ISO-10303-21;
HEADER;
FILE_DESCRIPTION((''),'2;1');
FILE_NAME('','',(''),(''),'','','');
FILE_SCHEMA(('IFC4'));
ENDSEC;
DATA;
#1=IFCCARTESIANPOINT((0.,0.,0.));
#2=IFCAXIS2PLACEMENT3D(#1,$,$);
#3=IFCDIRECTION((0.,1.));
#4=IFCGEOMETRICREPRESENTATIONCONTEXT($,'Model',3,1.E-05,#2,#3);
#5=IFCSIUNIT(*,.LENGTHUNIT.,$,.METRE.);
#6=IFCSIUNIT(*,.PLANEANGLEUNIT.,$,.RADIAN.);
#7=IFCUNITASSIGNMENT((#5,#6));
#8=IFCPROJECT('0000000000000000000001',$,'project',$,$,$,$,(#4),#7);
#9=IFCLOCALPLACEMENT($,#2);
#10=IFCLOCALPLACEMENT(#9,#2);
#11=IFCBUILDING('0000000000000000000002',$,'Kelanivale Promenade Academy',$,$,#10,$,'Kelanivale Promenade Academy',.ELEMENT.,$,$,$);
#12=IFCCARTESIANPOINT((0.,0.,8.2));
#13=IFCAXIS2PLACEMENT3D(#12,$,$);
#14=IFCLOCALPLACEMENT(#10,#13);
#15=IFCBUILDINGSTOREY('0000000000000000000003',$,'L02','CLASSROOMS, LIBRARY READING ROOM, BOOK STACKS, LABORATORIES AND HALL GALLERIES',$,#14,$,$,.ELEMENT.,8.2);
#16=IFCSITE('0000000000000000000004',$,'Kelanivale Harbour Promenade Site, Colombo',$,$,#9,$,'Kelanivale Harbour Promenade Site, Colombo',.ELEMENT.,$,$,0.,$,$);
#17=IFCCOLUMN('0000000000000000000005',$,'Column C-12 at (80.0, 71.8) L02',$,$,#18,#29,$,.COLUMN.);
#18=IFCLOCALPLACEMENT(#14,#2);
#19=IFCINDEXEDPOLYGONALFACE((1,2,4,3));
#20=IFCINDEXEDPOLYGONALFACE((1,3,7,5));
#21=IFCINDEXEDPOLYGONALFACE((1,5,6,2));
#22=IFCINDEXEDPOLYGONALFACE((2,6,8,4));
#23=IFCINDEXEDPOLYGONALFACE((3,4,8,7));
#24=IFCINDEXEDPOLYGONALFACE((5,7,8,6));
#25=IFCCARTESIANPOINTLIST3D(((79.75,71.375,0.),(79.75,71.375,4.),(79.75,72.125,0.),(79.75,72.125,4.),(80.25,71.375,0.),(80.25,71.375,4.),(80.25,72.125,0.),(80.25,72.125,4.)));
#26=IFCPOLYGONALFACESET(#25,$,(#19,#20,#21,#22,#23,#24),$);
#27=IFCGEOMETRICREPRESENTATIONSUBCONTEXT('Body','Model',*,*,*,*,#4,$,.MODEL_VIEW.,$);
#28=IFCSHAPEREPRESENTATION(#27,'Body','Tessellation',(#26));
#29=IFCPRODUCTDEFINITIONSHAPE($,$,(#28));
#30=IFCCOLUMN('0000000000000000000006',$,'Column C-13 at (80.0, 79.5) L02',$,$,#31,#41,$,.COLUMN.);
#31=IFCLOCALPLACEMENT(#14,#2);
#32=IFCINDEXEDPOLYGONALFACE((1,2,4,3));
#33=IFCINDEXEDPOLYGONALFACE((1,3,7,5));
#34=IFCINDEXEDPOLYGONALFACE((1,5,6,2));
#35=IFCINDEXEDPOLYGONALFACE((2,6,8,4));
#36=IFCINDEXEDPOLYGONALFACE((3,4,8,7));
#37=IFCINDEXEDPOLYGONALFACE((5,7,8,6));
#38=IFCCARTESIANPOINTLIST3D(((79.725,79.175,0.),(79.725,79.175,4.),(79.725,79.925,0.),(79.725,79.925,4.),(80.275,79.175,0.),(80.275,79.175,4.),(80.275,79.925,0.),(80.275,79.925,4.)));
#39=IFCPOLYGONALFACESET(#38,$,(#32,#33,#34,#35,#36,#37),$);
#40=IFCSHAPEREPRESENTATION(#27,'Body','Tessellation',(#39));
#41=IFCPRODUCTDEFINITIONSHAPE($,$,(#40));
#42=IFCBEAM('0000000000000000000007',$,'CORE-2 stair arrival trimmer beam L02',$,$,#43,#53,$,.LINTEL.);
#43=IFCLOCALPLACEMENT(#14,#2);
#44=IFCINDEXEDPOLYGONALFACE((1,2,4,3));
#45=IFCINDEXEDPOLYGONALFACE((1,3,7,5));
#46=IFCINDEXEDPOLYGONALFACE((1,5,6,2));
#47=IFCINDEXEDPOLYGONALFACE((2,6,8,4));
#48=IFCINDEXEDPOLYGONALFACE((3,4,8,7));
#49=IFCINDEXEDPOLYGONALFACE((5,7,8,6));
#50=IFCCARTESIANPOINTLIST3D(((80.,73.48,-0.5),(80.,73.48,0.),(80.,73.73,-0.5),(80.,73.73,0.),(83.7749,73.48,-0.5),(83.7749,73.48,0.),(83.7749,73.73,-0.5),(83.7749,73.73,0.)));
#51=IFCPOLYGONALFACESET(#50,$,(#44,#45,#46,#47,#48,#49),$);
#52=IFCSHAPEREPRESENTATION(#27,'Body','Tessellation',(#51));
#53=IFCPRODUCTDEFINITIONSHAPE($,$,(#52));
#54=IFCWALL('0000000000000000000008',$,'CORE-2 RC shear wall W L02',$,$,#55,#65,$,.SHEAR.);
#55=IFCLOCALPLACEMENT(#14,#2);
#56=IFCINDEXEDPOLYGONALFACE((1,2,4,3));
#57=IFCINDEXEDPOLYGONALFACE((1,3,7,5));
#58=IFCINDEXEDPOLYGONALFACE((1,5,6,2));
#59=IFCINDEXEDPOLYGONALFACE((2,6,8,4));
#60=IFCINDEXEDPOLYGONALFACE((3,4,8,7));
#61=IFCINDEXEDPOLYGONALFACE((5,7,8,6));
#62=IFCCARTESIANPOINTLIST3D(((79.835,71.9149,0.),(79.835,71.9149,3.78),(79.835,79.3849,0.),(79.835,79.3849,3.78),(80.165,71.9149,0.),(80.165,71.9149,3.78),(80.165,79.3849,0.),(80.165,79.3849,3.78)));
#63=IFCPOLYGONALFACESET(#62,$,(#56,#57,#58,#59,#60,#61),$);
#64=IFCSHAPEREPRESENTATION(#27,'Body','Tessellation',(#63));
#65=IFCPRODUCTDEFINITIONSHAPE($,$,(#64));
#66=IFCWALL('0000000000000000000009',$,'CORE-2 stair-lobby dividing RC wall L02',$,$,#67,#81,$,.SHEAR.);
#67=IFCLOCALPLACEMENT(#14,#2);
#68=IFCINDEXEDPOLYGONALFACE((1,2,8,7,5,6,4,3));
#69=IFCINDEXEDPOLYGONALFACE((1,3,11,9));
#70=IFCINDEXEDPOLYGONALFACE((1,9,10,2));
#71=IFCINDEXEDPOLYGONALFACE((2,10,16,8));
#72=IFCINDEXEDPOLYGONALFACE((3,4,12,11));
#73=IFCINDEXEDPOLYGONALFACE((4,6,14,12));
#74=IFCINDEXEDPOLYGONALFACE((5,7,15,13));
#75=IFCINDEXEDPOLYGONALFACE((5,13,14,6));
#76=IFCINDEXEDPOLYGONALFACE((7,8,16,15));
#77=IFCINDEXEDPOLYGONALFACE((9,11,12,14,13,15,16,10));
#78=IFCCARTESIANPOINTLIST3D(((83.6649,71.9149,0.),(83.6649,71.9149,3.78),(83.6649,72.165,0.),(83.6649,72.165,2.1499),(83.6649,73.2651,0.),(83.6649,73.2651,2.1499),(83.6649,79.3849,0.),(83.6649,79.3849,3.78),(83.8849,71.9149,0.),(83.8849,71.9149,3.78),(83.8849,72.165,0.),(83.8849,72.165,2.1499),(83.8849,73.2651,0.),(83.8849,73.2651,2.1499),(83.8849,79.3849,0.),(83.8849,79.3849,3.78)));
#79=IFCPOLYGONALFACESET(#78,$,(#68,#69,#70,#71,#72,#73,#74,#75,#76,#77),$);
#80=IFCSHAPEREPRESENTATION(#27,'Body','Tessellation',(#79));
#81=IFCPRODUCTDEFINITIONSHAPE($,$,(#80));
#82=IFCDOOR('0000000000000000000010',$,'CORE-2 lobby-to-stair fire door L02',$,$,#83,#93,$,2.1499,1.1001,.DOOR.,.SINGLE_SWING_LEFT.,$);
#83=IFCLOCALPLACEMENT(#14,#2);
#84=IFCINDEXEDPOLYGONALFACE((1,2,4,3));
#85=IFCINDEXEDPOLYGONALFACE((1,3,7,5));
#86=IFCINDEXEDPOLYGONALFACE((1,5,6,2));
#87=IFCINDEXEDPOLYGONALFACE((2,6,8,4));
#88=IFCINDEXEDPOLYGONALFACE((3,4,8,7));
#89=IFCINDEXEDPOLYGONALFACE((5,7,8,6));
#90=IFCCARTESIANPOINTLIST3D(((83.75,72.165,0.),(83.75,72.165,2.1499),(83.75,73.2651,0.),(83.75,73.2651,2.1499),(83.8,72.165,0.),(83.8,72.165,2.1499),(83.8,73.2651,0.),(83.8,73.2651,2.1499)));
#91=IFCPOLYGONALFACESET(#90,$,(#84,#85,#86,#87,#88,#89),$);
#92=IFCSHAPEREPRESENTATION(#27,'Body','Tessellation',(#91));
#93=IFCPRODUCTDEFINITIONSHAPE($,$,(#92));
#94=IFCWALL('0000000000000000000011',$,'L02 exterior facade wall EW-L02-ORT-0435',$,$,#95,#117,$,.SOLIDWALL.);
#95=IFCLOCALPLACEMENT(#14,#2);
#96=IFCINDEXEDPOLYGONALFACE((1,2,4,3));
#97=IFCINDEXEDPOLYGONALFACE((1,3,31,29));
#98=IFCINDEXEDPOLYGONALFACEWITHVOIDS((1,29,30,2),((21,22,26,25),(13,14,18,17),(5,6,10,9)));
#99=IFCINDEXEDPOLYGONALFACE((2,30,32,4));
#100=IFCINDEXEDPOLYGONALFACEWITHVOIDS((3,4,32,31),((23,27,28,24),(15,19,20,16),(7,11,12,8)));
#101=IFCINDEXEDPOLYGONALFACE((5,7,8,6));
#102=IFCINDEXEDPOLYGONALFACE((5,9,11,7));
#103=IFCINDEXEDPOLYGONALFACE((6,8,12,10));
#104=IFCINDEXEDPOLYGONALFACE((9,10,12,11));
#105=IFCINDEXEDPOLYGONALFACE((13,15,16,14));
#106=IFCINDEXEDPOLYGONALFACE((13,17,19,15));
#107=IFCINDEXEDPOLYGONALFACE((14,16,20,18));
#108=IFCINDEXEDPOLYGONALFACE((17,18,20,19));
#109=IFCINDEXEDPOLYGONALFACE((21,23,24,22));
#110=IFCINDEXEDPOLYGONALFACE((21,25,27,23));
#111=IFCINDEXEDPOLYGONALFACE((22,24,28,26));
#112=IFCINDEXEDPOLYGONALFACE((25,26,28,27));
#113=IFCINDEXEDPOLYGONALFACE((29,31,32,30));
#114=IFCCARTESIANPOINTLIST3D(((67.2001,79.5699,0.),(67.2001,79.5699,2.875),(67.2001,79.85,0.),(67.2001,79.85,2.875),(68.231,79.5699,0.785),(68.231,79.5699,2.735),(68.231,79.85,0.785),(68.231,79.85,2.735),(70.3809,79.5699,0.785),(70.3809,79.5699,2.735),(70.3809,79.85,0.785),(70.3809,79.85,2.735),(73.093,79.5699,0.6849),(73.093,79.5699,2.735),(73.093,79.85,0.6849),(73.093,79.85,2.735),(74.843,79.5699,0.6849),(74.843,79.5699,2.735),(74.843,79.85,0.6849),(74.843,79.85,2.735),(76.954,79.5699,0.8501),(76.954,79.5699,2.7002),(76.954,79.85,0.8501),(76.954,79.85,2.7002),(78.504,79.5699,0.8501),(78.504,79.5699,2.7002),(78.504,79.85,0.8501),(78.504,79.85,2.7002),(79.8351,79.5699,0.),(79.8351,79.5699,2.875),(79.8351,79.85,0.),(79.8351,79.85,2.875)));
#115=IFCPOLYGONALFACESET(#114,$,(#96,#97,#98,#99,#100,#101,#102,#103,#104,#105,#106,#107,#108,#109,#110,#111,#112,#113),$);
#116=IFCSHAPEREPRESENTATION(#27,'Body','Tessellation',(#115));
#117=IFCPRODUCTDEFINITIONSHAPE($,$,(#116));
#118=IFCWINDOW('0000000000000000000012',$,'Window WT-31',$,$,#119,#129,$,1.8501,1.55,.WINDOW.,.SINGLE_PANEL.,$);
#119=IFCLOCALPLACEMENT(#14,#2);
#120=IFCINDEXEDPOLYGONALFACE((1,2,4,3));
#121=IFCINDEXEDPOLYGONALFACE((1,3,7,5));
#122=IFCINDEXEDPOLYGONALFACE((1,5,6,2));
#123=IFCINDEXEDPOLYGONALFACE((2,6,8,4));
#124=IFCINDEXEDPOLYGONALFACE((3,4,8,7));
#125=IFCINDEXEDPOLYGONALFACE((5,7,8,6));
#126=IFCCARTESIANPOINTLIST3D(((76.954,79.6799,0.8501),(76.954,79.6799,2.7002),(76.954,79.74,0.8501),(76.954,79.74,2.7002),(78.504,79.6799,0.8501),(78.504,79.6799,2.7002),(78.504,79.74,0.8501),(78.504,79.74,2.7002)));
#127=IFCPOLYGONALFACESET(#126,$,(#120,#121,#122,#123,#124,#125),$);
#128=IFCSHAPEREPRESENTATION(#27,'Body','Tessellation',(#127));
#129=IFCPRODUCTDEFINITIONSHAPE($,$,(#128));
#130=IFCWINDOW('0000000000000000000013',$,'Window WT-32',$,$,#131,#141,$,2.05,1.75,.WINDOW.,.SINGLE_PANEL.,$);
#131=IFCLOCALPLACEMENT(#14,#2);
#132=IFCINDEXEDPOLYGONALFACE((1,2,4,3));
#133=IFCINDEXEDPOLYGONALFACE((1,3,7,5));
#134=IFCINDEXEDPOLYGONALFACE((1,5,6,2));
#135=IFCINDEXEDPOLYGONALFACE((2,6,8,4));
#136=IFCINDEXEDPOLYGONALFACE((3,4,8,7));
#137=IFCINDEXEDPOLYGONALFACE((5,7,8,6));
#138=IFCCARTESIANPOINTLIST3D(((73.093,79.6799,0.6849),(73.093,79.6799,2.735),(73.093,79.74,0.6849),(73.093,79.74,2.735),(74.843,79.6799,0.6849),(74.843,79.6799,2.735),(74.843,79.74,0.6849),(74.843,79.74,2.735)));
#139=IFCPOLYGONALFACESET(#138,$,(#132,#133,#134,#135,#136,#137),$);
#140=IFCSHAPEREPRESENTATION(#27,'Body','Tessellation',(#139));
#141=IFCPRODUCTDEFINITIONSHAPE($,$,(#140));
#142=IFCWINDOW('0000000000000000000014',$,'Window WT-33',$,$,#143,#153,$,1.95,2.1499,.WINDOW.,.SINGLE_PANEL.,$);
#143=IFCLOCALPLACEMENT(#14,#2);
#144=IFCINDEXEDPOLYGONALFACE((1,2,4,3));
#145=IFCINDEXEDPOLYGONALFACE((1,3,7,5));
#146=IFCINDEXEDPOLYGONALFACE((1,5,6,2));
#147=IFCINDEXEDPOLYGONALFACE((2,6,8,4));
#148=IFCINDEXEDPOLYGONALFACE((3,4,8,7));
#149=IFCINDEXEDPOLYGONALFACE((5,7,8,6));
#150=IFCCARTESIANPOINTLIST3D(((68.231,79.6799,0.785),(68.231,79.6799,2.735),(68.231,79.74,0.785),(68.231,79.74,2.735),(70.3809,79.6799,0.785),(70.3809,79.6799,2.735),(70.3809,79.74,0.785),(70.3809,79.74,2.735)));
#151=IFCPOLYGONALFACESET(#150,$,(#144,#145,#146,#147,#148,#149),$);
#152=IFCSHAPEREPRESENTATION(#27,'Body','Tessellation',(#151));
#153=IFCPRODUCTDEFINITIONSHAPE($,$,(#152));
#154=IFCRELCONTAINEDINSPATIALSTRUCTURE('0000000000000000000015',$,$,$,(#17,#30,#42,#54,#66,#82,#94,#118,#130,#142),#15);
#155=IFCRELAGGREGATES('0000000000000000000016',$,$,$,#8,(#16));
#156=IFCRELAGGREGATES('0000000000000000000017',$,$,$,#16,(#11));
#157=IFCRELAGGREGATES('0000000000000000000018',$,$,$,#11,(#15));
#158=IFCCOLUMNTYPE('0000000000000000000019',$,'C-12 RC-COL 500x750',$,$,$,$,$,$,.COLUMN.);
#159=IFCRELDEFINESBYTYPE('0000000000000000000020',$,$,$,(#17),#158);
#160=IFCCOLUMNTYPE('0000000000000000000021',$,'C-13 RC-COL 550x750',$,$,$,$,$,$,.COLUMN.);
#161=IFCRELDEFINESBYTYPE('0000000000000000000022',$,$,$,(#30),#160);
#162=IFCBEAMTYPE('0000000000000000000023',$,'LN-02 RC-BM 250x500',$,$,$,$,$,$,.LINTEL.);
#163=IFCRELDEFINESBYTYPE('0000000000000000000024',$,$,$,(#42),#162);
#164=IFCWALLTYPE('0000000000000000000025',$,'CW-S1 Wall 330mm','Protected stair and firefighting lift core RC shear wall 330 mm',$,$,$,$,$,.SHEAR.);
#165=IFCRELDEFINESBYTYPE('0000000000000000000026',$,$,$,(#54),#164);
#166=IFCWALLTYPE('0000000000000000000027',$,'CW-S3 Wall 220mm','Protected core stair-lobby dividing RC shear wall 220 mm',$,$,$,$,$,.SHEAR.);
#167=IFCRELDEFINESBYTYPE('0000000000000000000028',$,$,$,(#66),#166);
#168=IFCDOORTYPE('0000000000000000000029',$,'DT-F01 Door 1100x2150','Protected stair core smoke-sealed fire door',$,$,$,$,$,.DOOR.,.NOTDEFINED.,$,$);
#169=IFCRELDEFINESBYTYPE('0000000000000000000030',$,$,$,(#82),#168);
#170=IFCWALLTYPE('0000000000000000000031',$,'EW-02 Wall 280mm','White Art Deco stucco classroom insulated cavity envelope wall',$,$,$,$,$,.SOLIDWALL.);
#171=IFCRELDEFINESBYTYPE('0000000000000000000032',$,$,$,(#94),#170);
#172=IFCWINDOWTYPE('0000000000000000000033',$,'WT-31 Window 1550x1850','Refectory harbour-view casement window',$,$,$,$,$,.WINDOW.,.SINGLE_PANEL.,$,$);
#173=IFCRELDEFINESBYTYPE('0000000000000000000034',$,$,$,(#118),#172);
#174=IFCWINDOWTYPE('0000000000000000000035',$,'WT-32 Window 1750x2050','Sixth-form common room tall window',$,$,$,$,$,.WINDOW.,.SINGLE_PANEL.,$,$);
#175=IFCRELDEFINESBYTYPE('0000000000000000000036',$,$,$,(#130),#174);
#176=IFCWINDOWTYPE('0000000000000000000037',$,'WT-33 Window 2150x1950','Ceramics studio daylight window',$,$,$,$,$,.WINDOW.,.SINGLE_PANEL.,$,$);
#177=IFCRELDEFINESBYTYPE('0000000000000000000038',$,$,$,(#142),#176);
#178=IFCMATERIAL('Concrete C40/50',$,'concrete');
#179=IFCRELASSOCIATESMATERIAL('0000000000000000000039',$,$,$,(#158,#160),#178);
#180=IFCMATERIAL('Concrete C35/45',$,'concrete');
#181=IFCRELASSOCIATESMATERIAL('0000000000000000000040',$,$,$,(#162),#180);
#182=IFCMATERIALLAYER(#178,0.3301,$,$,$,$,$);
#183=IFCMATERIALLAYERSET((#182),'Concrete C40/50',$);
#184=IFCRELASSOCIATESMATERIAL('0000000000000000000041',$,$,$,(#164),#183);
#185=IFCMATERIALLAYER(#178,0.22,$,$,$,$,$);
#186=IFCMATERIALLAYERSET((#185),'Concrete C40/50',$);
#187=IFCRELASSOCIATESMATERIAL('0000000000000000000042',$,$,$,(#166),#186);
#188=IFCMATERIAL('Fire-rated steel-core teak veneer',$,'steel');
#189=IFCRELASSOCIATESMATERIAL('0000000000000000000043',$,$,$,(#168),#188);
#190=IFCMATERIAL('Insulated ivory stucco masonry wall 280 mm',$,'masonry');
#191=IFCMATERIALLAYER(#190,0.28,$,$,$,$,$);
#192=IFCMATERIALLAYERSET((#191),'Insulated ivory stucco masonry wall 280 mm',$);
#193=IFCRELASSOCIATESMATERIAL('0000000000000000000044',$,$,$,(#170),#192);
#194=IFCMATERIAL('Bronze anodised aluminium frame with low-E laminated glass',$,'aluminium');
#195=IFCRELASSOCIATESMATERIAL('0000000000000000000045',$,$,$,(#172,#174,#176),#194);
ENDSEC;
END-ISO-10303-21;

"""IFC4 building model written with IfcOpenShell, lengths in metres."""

from ifc_helpers import new_model, si_unit, direction, frame, frame_2d, origin, origin_2d, place, context, subcontext, project, spatial, rectangle, extrude, material, layer, layer_set, material_profile, profile_set, type_object, element, fill, save


model = new_model("IFC4")

# Units and contexts
model_context = context("Model", 3, precision=1e-05, world=origin(), true_north=direction((0.0, 1.0)))
body_context = subcontext(model_context, "Body", "Model", "MODEL_VIEW")
ifc_project = project(units=[si_unit("LENGTHUNIT", "METRE"), si_unit("PLANEANGLEUNIT", "RADIAN")], contexts=[model_context])

# Site, building, storey
site_placement = place(None, origin())
site = spatial("IfcSite", under=ifc_project, at=site_placement, Name="Kelanivale Harbour Promenade Site, Colombo", LongName="Kelanivale Harbour Promenade Site, Colombo", CompositionType="ELEMENT", RefElevation=0.0)
building_placement = place(site_placement, origin())
building = spatial("IfcBuilding", under=site, at=building_placement, Name="Kelanivale Promenade Academy", LongName="Kelanivale Promenade Academy", CompositionType="ELEMENT")
storey_placement = place(building_placement, frame((0.0, 0.0, 8.2)))
storey = spatial("IfcBuildingStorey", under=building, at=storey_placement, Name="L02", Description="CLASSROOMS, LIBRARY READING ROOM, BOOK STACKS, LABORATORIES AND HALL GALLERIES", CompositionType="ELEMENT", Elevation=8.2)

# Columns
ifc_material_1 = material(Name="Concrete C40/50", Category="concrete")
ifc_material_profile_1 = material_profile(ifc_material_1, rectangle(XDim=0.5, YDim=0.75, at=origin_2d()), Name="RC-COL 500x750")
ifc_profile_set_1 = profile_set([ifc_material_profile_1], Name="Concrete C40/50")
column_type_1 = type_object("IfcColumnType", Name="C-12 RC-COL 500x750", PredefinedType="COLUMN", material=ifc_profile_set_1)
column_1_placement = place(storey_placement, frame((80.0, 71.75, 0.0), z_axis=(0.0, 0.0, 1.0), x_axis=(1.0, 0.0, 0.0)))
element("IfcColumn", 1, at=column_1_placement, inside=storey, type_object=column_type_1, Name="Column C-12 at (80.0, 71.8) L02", PredefinedType="COLUMN", context=body_context, shape_type="SweptSolid", body=[
    extrude(rectangle(XDim=0.5, YDim=0.75, at=origin_2d()), origin(), (0.0, 0.0, 1.0), 4.0),
])
ifc_material_profile_2 = material_profile(ifc_material_1, rectangle(XDim=0.55, YDim=0.75, at=origin_2d()), Name="RC-COL 550x750")
ifc_profile_set_2 = profile_set([ifc_material_profile_2], Name="Concrete C40/50")
column_type_2 = type_object("IfcColumnType", Name="C-13 RC-COL 550x750", PredefinedType="COLUMN", material=ifc_profile_set_2)
column_2_placement = place(storey_placement, frame((80.0, 79.55, 0.0), z_axis=(0.0, 0.0, 1.0), x_axis=(1.0, 0.0, 0.0)))
element("IfcColumn", 2, at=column_2_placement, inside=storey, type_object=column_type_2, Name="Column C-13 at (80.0, 79.5) L02", PredefinedType="COLUMN", context=body_context, shape_type="SweptSolid", body=[
    extrude(rectangle(XDim=0.55, YDim=0.75, at=origin_2d()), origin(), (0.0, 0.0, 1.0), 4.0),
])

# Beam
ifc_material_2 = material(Name="Concrete C35/45", Category="concrete")
ifc_material_profile_3 = material_profile(ifc_material_2, rectangle(XDim=0.25, YDim=0.5, at=origin_2d()), Name="RC-BM 250x500")
ifc_profile_set_3 = profile_set([ifc_material_profile_3], Name="Concrete C35/45")
beam_type = type_object("IfcBeamType", Name="LN-02 RC-BM 250x500", PredefinedType="LINTEL", material=ifc_profile_set_3)
beam_placement = place(storey_placement, frame((80.0, 73.605, -0.25), z_axis=(1.0, 0.0, 0.0), x_axis=(0.0, 1.0, 0.0)))
element("IfcBeam", 3, at=beam_placement, inside=storey, type_object=beam_type, Name="CORE-2 stair arrival trimmer beam L02", PredefinedType="LINTEL", context=body_context, shape_type="SweptSolid", body=[
    extrude(rectangle(XDim=0.25, YDim=0.5, at=origin_2d()), origin(), (0.0, 0.0, 1.0), 3.7749),
])

# Wall
ifc_layer_1 = layer(ifc_material_1, 0.3301)
ifc_layer_set_1 = layer_set([ifc_layer_1], Name="Concrete C40/50")
wall_type_1 = type_object("IfcWallType", Name="CW-S1 Wall 330mm", Description="Protected stair and firefighting lift core RC shear wall 330 mm", PredefinedType="SHEAR", material=ifc_layer_set_1)
wall_1_placement = place(storey_placement, frame((80.0, 71.915, 0.0), z_axis=(0.0, 0.0, 1.0), x_axis=(0.0, 1.0, 0.0)))
element("IfcWall", 4, at=wall_1_placement, inside=storey, type_object=wall_type_1, Name="CORE-2 RC shear wall W L02", PredefinedType="SHEAR", context=body_context, shape_type="SweptSolid", body=[
    extrude(rectangle(XDim=7.47, YDim=0.3301, at=frame_2d((3.7349, 0.0))), origin(), (0.0, 0.0, 1.0), 3.78),
])

# Wall, opening, door
ifc_material_3 = material(Name="Fire-rated steel-core teak veneer", Category="steel")
ifc_layer_2 = layer(ifc_material_1, 0.22)
ifc_layer_set_2 = layer_set([ifc_layer_2], Name="Concrete C40/50")
wall_type_2 = type_object("IfcWallType", Name="CW-S3 Wall 220mm", Description="Protected core stair-lobby dividing RC shear wall 220 mm", PredefinedType="SHEAR", material=ifc_layer_set_2)
wall_2_placement = place(storey_placement, frame((83.7749, 71.915, 0.0), z_axis=(0.0, 0.0, 1.0), x_axis=(0.0, 1.0, 0.0)))
wall_2 = element("IfcWall", 5, at=wall_2_placement, inside=storey, type_object=wall_type_2, Name="CORE-2 stair-lobby dividing RC wall L02", PredefinedType="SHEAR", context=body_context, shape_type="SweptSolid", body=[
    extrude(rectangle(XDim=7.47, YDim=0.22, at=frame_2d((3.7349, 0.0))), origin(), (0.0, 0.0, 1.0), 3.78),
])
opening_1_placement = place(wall_2_placement, frame((0.25, 0.0, 0.0)))
opening_1 = element("IfcOpeningElement", 6, at=opening_1_placement, cuts=wall_2, PredefinedType="OPENING", context=body_context, shape_type="SweptSolid", body=[
    extrude(rectangle(XDim=1.1001, YDim=2.1499, at=frame_2d((0.55, 1.075))), frame((0.0, 0.1201, 0.0), z_axis=(0.0, -1.0, 0.0), x_axis=(1.0, 0.0, 0.0)), (0.0, 0.0, 1.0), 0.24),
])
door_type_1 = type_object("IfcDoorType", Name="DT-F01 Door 1100x2150", Description="Protected stair core smoke-sealed fire door", OperationType="NOTDEFINED", PredefinedType="DOOR", material=ifc_material_3)
door_1_placement = place(opening_1_placement, origin())
door_1 = element("IfcDoor", 7, at=door_1_placement, inside=storey, type_object=door_type_1, Name="CORE-2 lobby-to-stair fire door L02", OperationType="SINGLE_SWING_LEFT", OverallHeight=2.1499, OverallWidth=1.1001, PredefinedType="DOOR", context=body_context, shape_type="SweptSolid", body=[
    extrude(rectangle(XDim=1.1001, YDim=2.1499, at=frame_2d((0.55, 1.075))), frame((0.0, 0.0249, 0.0), z_axis=(0.0, -1.0, 0.0), x_axis=(1.0, 0.0, 0.0)), (0.0, 0.0, 1.0), 0.05),
])
fill(opening_1, door_1)

# Wall, openings, windows
ifc_material_4 = material(Name="Insulated ivory stucco masonry wall 280 mm", Category="masonry")
ifc_layer_3 = layer(ifc_material_4, 0.28)
ifc_layer_set_3 = layer_set([ifc_layer_3], Name="Insulated ivory stucco masonry wall 280 mm")
wall_type_3 = type_object("IfcWallType", Name="EW-02 Wall 280mm", Description="White Art Deco stucco classroom insulated cavity envelope wall", PredefinedType="SOLIDWALL", material=ifc_layer_set_3)
wall_3_placement = place(storey_placement, frame((79.835, 79.71, 0.0), z_axis=(0.0, 0.0, 1.0), x_axis=(-1.0, 0.0, 0.0)))
wall_3 = element("IfcWall", 8, at=wall_3_placement, inside=storey, type_object=wall_type_3, Name="L02 exterior facade wall EW-L02-ORT-0435", PredefinedType="SOLIDWALL", context=body_context, shape_type="SweptSolid", body=[
    extrude(rectangle(XDim=12.635, YDim=0.28, at=frame_2d((6.3174, 0.0))), origin(), (0.0, 0.0, 1.0), 2.875),
])
opening_2_placement = place(wall_3_placement, frame((1.3311, 0.0, 0.8501)))
opening_2 = element("IfcOpeningElement", 9, at=opening_2_placement, cuts=wall_3, PredefinedType="OPENING", context=body_context, shape_type="SweptSolid", body=[
    extrude(rectangle(XDim=1.55, YDim=1.8501, at=frame_2d((0.7749, 0.925))), frame((0.0, 0.1499, 0.0), z_axis=(0.0, -1.0, 0.0), x_axis=(1.0, 0.0, 0.0)), (0.0, 0.0, 1.0), 0.3),
])
opening_3_placement = place(wall_3_placement, frame((4.9919, 0.0, 0.6851)))
opening_3 = element("IfcOpeningElement", 10, at=opening_3_placement, cuts=wall_3, PredefinedType="OPENING", context=body_context, shape_type="SweptSolid", body=[
    extrude(rectangle(XDim=1.75, YDim=2.05, at=frame_2d((0.875, 1.0249))), frame((0.0, 0.1499, 0.0), z_axis=(0.0, -1.0, 0.0), x_axis=(1.0, 0.0, 0.0)), (0.0, 0.0, 1.0), 0.3),
])
opening_4_placement = place(wall_3_placement, frame((9.4541, 0.0, 0.7849)))
opening_4 = element("IfcOpeningElement", 11, at=opening_4_placement, cuts=wall_3, PredefinedType="OPENING", context=body_context, shape_type="SweptSolid", body=[
    extrude(rectangle(XDim=2.1499, YDim=1.95, at=frame_2d((1.075, 0.9751))), frame((0.0, 0.1499, 0.0), z_axis=(0.0, -1.0, 0.0), x_axis=(1.0, 0.0, 0.0)), (0.0, 0.0, 1.0), 0.3),
])
ifc_material_5 = material(Name="Bronze anodised aluminium frame with low-E laminated glass", Category="aluminium")
window_type_1 = type_object("IfcWindowType", Name="WT-31 Window 1550x1850", Description="Refectory harbour-view casement window", PartitioningType="SINGLE_PANEL", PredefinedType="WINDOW", material=ifc_material_5)
window_1_placement = place(opening_2_placement, origin())
window_1 = element("IfcWindow", 12, at=window_1_placement, inside=storey, type_object=window_type_1, Name="Window WT-31", OverallHeight=1.8501, OverallWidth=1.55, PartitioningType="SINGLE_PANEL", PredefinedType="WINDOW", context=body_context, shape_type="SweptSolid", body=[
    extrude(rectangle(XDim=1.55, YDim=1.8501, at=frame_2d((0.7749, 0.925))), frame((0.0, 0.03, 0.0), z_axis=(0.0, -1.0, 0.0), x_axis=(1.0, 0.0, 0.0)), (0.0, 0.0, 1.0), 0.0601),
])
fill(opening_2, window_1)
window_type_2 = type_object("IfcWindowType", Name="WT-32 Window 1750x2050", Description="Sixth-form common room tall window", PartitioningType="SINGLE_PANEL", PredefinedType="WINDOW", material=ifc_material_5)
window_2_placement = place(opening_3_placement, origin())
window_2 = element("IfcWindow", 13, at=window_2_placement, inside=storey, type_object=window_type_2, Name="Window WT-32", OverallHeight=2.05, OverallWidth=1.75, PartitioningType="SINGLE_PANEL", PredefinedType="WINDOW", context=body_context, shape_type="SweptSolid", body=[
    extrude(rectangle(XDim=1.75, YDim=2.05, at=frame_2d((0.875, 1.0249))), frame((0.0, 0.03, 0.0), z_axis=(0.0, -1.0, 0.0), x_axis=(1.0, 0.0, 0.0)), (0.0, 0.0, 1.0), 0.0601),
])
fill(opening_3, window_2)
window_type_3 = type_object("IfcWindowType", Name="WT-33 Window 2150x1950", Description="Ceramics studio daylight window", PartitioningType="SINGLE_PANEL", PredefinedType="WINDOW", material=ifc_material_5)
window_3_placement = place(opening_4_placement, origin())
window_3 = element("IfcWindow", 14, at=window_3_placement, inside=storey, type_object=window_type_3, Name="Window WT-33", OverallHeight=1.95, OverallWidth=2.1499, PartitioningType="SINGLE_PANEL", PredefinedType="WINDOW", context=body_context, shape_type="SweptSolid", body=[
    extrude(rectangle(XDim=2.1499, YDim=1.95, at=frame_2d((1.075, 0.9751))), frame((0.0, 0.03, 0.0), z_axis=(0.0, -1.0, 0.0), x_axis=(1.0, 0.0, 0.0)), (0.0, 0.0, 1.0), 0.0601),
])
fill(opening_4, window_3)

save(model, "model.ifc")
